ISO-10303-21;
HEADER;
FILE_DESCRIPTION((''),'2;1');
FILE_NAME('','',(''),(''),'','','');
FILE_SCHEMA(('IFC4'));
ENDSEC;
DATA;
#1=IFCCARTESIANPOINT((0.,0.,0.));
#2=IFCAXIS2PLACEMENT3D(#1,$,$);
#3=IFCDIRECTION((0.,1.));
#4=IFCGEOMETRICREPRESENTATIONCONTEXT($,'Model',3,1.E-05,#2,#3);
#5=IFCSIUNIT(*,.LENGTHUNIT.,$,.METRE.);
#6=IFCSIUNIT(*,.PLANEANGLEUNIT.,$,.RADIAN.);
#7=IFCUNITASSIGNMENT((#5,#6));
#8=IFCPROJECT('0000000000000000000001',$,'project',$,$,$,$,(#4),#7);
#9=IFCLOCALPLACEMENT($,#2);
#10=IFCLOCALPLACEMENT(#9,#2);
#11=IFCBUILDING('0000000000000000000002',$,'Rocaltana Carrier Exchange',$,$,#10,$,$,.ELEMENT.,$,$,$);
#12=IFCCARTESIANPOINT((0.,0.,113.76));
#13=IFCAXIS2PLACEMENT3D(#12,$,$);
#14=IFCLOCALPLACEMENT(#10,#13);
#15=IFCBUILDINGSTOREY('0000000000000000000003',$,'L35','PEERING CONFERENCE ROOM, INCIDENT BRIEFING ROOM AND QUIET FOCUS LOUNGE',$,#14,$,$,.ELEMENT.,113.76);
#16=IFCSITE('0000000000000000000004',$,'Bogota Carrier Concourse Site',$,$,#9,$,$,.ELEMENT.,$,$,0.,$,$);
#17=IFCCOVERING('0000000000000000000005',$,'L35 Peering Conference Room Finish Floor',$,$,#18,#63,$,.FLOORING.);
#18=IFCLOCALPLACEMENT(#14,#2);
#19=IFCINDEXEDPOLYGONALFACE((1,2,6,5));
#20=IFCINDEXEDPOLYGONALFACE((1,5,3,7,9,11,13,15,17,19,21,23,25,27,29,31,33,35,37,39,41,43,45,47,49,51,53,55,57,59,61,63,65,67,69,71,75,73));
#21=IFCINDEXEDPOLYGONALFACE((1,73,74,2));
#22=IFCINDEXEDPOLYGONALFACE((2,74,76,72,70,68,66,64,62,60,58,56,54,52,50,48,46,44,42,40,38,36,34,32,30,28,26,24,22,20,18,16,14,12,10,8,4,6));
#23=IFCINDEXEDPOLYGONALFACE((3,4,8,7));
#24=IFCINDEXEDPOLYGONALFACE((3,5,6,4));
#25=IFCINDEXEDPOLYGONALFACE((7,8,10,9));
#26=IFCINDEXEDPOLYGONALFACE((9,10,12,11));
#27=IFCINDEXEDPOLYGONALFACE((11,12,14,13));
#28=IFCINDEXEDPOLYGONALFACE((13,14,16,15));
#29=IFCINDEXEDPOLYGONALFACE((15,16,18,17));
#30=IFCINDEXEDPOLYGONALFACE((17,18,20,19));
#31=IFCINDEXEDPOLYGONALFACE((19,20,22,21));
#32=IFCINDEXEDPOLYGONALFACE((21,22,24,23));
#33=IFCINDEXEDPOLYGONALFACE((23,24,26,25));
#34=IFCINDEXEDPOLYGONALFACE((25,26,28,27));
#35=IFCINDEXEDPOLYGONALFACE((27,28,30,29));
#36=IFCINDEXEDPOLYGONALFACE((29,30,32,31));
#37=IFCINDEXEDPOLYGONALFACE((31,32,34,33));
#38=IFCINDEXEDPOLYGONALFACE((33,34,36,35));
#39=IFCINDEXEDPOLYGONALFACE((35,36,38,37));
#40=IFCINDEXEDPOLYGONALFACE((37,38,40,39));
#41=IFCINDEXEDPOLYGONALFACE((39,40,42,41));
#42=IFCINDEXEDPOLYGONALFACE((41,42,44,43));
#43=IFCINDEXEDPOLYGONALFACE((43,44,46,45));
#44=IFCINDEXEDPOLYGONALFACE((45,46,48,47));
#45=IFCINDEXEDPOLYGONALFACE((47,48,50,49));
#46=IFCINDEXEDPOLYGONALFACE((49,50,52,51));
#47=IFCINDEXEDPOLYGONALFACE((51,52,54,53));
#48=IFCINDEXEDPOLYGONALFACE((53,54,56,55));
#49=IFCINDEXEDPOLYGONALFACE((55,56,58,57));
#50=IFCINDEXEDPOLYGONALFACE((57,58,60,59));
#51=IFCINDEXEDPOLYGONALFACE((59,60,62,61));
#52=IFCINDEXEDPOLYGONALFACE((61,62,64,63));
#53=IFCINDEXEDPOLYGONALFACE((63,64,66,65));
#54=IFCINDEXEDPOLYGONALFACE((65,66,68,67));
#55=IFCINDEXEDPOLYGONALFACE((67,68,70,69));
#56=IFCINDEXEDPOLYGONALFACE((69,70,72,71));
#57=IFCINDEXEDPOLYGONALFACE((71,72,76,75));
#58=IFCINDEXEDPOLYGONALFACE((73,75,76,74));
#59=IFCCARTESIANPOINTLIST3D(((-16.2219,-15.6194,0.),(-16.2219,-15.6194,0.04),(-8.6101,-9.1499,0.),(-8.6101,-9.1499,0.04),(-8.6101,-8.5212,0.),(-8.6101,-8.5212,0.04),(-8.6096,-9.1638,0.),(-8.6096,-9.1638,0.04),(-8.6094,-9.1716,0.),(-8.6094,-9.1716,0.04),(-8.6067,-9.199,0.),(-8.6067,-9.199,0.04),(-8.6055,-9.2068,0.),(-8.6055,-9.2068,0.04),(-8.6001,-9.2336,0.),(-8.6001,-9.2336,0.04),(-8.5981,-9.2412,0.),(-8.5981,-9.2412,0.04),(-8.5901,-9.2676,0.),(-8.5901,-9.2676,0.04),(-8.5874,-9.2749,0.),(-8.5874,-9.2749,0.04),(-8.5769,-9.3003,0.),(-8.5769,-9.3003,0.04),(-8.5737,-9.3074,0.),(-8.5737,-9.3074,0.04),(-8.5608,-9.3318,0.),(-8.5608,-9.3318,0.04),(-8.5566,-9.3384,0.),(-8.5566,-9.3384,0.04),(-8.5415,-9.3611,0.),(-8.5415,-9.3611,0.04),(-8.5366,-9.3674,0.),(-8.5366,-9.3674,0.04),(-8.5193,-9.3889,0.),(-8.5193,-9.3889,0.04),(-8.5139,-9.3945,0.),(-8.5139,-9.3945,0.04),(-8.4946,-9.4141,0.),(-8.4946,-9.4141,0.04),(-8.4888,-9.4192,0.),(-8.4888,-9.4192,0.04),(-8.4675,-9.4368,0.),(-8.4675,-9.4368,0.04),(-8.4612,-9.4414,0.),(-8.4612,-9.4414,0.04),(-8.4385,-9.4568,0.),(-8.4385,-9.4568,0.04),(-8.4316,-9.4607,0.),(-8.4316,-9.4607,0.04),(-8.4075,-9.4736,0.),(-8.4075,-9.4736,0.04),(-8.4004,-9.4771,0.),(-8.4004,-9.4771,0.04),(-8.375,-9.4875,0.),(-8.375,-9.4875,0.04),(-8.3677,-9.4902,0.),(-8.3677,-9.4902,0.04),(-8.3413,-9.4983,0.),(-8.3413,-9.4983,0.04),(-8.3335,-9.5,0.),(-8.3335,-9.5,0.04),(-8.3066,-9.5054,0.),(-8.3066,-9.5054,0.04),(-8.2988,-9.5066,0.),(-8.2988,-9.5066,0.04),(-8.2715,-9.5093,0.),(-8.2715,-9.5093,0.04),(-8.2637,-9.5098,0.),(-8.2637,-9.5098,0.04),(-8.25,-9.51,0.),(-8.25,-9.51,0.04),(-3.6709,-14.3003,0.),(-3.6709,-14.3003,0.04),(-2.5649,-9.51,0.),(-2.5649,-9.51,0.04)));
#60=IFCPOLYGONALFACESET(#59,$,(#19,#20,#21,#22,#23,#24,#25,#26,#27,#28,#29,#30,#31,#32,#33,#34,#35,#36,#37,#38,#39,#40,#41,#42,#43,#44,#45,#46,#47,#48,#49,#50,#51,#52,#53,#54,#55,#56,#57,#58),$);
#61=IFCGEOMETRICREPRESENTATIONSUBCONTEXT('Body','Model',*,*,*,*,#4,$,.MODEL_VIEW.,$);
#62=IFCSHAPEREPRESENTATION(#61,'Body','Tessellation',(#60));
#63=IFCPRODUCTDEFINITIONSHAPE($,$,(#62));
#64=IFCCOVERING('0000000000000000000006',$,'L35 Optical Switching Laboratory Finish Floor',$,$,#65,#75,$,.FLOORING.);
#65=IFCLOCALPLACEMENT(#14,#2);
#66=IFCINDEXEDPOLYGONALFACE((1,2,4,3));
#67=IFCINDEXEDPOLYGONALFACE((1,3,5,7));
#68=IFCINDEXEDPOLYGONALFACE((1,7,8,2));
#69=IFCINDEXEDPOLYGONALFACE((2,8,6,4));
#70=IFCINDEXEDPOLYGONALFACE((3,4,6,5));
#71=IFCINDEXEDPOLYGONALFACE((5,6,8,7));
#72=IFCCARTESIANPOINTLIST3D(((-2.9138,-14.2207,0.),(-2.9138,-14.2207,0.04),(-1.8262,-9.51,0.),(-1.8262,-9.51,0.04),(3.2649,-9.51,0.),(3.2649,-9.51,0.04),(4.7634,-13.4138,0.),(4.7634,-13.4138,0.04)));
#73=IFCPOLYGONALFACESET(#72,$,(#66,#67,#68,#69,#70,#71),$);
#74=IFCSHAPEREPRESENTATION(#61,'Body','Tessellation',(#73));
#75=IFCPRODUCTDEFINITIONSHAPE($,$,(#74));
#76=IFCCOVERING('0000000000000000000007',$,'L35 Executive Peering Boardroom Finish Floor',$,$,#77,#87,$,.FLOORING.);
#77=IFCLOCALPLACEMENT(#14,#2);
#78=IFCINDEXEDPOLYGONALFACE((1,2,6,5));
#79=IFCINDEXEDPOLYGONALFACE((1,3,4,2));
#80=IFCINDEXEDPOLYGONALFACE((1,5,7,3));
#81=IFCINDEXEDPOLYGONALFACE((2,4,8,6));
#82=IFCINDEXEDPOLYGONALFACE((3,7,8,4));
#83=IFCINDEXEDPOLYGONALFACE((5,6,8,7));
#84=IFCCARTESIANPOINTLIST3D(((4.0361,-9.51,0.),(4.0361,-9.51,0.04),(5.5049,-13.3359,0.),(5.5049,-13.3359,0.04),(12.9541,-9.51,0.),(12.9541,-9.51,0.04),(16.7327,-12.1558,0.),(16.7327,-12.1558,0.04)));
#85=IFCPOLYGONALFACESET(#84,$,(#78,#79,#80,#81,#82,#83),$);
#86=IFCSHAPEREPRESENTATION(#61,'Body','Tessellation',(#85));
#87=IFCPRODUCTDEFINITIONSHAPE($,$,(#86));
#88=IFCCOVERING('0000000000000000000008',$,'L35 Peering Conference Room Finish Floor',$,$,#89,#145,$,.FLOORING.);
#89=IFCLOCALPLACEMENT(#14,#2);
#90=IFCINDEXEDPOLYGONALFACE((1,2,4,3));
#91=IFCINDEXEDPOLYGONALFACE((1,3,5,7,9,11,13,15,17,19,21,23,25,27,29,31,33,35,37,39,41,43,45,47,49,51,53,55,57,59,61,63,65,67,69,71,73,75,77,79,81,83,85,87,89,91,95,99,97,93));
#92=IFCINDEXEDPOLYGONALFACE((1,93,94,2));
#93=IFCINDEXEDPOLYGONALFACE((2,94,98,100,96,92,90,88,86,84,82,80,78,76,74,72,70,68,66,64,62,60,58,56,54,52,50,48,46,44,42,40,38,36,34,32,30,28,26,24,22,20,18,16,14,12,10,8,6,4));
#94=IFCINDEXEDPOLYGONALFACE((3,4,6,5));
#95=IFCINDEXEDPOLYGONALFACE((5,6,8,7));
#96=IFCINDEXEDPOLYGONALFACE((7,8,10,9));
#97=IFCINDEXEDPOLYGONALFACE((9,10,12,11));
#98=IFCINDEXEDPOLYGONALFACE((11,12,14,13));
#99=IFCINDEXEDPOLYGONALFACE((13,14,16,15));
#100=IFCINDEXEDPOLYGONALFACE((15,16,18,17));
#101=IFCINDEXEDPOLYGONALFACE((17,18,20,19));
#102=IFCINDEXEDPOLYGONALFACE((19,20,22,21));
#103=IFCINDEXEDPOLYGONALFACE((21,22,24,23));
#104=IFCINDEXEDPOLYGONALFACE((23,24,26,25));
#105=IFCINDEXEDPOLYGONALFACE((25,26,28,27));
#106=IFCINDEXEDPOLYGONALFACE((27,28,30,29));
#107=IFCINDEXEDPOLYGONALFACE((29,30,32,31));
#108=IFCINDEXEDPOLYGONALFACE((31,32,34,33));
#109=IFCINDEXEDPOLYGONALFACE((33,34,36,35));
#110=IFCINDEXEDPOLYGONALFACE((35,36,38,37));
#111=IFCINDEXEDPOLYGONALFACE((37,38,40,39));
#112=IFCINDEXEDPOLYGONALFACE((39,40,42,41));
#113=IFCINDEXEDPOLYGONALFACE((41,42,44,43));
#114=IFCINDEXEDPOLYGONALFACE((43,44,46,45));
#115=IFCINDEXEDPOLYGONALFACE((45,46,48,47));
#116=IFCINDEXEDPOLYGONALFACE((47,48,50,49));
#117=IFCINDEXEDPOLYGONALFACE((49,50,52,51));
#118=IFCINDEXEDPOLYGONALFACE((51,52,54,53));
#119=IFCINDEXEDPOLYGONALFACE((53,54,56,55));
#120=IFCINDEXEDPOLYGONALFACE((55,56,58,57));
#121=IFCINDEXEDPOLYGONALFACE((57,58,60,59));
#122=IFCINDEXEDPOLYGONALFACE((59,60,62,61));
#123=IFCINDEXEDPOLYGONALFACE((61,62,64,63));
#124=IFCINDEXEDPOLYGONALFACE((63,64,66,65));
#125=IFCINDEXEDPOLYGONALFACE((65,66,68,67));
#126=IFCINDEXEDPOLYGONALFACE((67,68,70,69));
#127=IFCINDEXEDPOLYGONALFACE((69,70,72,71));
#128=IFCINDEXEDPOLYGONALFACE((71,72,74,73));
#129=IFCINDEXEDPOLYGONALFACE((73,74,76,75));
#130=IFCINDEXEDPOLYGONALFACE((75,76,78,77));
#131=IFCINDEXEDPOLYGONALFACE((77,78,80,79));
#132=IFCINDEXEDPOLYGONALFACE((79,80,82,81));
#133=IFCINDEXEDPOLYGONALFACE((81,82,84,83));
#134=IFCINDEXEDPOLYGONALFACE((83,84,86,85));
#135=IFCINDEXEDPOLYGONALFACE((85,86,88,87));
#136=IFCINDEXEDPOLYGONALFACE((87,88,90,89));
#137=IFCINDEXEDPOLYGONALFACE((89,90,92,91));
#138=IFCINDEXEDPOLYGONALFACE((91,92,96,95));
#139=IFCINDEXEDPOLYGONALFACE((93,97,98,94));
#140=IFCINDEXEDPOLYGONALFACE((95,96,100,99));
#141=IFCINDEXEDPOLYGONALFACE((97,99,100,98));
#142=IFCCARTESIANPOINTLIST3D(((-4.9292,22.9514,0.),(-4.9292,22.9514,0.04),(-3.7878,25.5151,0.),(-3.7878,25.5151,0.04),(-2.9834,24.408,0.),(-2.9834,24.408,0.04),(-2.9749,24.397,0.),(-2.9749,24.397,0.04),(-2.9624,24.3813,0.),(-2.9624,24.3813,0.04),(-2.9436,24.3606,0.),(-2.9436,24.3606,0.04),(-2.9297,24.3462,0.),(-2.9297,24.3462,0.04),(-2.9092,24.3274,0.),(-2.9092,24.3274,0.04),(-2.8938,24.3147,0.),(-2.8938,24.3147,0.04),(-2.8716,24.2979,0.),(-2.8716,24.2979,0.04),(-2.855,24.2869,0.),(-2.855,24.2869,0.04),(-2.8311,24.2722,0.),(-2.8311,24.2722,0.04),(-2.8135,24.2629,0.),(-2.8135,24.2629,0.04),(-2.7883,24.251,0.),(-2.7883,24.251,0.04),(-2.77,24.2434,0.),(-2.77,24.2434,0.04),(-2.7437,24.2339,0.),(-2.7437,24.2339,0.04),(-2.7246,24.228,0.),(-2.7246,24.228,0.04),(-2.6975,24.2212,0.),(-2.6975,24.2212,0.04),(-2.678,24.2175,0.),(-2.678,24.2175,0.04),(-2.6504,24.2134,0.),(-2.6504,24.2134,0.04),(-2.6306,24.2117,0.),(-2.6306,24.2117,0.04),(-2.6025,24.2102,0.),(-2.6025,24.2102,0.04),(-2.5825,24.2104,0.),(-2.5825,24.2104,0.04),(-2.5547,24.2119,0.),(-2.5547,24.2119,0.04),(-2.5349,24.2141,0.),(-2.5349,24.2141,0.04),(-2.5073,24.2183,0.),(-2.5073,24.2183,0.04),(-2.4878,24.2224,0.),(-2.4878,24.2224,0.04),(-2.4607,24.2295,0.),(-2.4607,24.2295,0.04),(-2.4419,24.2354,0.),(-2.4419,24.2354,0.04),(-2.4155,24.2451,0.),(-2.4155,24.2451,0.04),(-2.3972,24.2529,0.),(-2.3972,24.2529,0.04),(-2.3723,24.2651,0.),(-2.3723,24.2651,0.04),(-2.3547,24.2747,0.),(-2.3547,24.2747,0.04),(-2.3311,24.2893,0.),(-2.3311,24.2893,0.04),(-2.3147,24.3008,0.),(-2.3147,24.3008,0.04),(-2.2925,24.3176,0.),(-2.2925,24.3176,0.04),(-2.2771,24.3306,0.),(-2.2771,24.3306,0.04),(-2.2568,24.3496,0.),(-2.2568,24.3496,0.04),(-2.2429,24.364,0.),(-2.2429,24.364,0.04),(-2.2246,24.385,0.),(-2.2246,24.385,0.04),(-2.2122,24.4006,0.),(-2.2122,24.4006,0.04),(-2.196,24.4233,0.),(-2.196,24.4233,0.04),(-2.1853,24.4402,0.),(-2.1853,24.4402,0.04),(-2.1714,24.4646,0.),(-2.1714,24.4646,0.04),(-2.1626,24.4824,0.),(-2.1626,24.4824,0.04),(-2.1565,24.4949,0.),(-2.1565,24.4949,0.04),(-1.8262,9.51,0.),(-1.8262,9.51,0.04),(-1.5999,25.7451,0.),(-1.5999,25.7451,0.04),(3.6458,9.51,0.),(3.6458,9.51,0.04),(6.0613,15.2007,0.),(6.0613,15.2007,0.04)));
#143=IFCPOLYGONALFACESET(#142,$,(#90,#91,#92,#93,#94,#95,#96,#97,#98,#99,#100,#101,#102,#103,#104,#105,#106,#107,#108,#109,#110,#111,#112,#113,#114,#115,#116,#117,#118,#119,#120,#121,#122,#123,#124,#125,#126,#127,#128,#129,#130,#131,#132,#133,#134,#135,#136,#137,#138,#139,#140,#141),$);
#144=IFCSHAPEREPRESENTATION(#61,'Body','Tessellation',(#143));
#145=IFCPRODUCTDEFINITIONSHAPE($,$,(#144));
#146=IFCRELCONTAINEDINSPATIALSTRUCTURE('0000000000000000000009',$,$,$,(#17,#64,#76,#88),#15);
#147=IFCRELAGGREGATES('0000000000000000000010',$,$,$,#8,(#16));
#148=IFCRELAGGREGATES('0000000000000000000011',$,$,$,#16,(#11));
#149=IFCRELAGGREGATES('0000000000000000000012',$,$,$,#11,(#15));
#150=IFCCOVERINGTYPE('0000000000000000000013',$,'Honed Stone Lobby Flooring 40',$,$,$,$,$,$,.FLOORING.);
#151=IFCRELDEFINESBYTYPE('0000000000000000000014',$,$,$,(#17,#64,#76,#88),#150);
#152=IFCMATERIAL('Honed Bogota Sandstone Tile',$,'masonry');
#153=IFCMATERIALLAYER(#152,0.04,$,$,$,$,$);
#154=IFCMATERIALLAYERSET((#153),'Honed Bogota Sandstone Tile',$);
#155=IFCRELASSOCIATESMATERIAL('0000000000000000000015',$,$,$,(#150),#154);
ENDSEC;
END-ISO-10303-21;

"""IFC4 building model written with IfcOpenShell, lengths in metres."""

from ifc_helpers import new_model, si_unit, direction, frame, origin, place, context, subcontext, project, spatial, polyline, outline, extrude, material, layer, layer_set, type_object, element, save


model = new_model("IFC4")

# Units and contexts
model_context = context("Model", 3, precision=1e-05, world=origin(), true_north=direction((0.0, 1.0)))
body_context = subcontext(model_context, "Body", "Model", "MODEL_VIEW")
ifc_project = project(units=[si_unit("LENGTHUNIT", "METRE"), si_unit("PLANEANGLEUNIT", "RADIAN")], contexts=[model_context])

# Site, building, storey
site_placement = place(None, origin())
site = spatial("IfcSite", under=ifc_project, at=site_placement, Name="Bogota Carrier Concourse Site", CompositionType="ELEMENT", RefElevation=0.0)
building_placement = place(site_placement, origin())
building = spatial("IfcBuilding", under=site, at=building_placement, Name="Rocaltana Carrier Exchange", CompositionType="ELEMENT")
storey_placement = place(building_placement, frame((0.0, 0.0, 113.76)))
storey = spatial("IfcBuildingStorey", under=building, at=storey_placement, Name="L35", Description="PEERING CONFERENCE ROOM, INCIDENT BRIEFING ROOM AND QUIET FOCUS LOUNGE", CompositionType="ELEMENT", Elevation=113.76)

# Coverings
ifc_material_1 = material(Name="Honed Bogota Sandstone Tile", Category="masonry")
ifc_layer_1 = layer(ifc_material_1, 0.04)
ifc_layer_set_1 = layer_set([ifc_layer_1], Name="Honed Bogota Sandstone Tile")
covering_type_1 = type_object("IfcCoveringType", Name="Honed Stone Lobby Flooring 40", PredefinedType="FLOORING", material=ifc_layer_set_1)
covering_1_placement = place(storey_placement, origin())
element("IfcCovering", 1, at=covering_1_placement, inside=storey, type_object=covering_type_1, Name="L35 Peering Conference Room Finish Floor", PredefinedType="FLOORING", context=body_context, shape_type="SweptSolid", body=[
    extrude(outline(polyline([(-16.2219, -15.6194), (-8.6101, -8.5212), (-8.6101, -9.1499), (-8.6096, -9.1638), (-8.6094, -9.1716), (-8.6067, -9.199), (-8.6055, -9.2068), (-8.6001, -9.2336), (-8.5981, -9.2412), (-8.5901, -9.2676), (-8.5874, -9.2749), (-8.5769, -9.3003), (-8.5737, -9.3074), (-8.5608, -9.3318), (-8.5566, -9.3384), (-8.5415, -9.3611), (-8.5366, -9.3674), (-8.5193, -9.3889), (-8.5139, -9.3945), (-8.4946, -9.4141), (-8.4888, -9.4192), (-8.4675, -9.4368), (-8.4612, -9.4414), (-8.4385, -9.4568), (-8.4316, -9.4607), (-8.4075, -9.4736), (-8.4004, -9.4771), (-8.375, -9.4875), (-8.3677, -9.4902), (-8.3413, -9.4983), (-8.3335, -9.5), (-8.3066, -9.5054), (-8.2988, -9.5066), (-8.2715, -9.5093), (-8.2637, -9.5098), (-8.25, -9.51), (-2.5649, -9.51), (-3.6709, -14.3003), (-16.2219, -15.6194)])), origin(), (0.0, 0.0, 1.0), 0.04),
])
covering_2_placement = place(storey_placement, origin())
element("IfcCovering", 2, at=covering_2_placement, inside=storey, type_object=covering_type_1, Name="L35 Optical Switching Laboratory Finish Floor", PredefinedType="FLOORING", context=body_context, shape_type="SweptSolid", body=[
    extrude(outline(polyline([(-2.9138, -14.2207), (-1.8262, -9.51), (3.2649, -9.51), (4.7634, -13.4138), (-2.9138, -14.2207)])), origin(), (0.0, 0.0, 1.0), 0.04),
])
covering_3_placement = place(storey_placement, origin())
element("IfcCovering", 3, at=covering_3_placement, inside=storey, type_object=covering_type_1, Name="L35 Executive Peering Boardroom Finish Floor", PredefinedType="FLOORING", context=body_context, shape_type="SweptSolid", body=[
    extrude(outline(polyline([(5.5049, -13.3359), (4.0361, -9.51), (12.9541, -9.51), (16.7327, -12.1558), (5.5049, -13.3359)])), origin(), (0.0, 0.0, 1.0), 0.04),
])
covering_4_placement = place(storey_placement, origin())
element("IfcCovering", 4, at=covering_4_placement, inside=storey, type_object=covering_type_1, Name="L35 Peering Conference Room Finish Floor", PredefinedType="FLOORING", context=body_context, shape_type="SweptSolid", body=[
    extrude(outline(polyline([(-3.7878, 25.5151), (-2.9834, 24.408), (-2.9749, 24.397), (-2.9624, 24.3813), (-2.9436, 24.3606), (-2.9297, 24.3462), (-2.9092, 24.3274), (-2.8938, 24.3147), (-2.8716, 24.2979), (-2.855, 24.2869), (-2.8311, 24.2722), (-2.8135, 24.2629), (-2.7883, 24.251), (-2.77, 24.2434), (-2.7437, 24.2339), (-2.7246, 24.228), (-2.6975, 24.2212), (-2.678, 24.2175), (-2.6504, 24.2134), (-2.6306, 24.2117), (-2.6025, 24.2102), (-2.5825, 24.2104), (-2.5547, 24.2119), (-2.5349, 24.2141), (-2.5073, 24.2183), (-2.4878, 24.2224), (-2.4607, 24.2295), (-2.4419, 24.2354), (-2.4155, 24.2451), (-2.3972, 24.2529), (-2.3723, 24.2651), (-2.3547, 24.2747), (-2.3311, 24.2893), (-2.3147, 24.3008), (-2.2925, 24.3176), (-2.2771, 24.3306), (-2.2568, 24.3496), (-2.2429, 24.364), (-2.2246, 24.385), (-2.2122, 24.4006), (-2.196, 24.4233), (-2.1853, 24.4402), (-2.1714, 24.4646), (-2.1626, 24.4824), (-2.1565, 24.4949), (-1.5999, 25.7451), (6.0613, 15.2007), (3.6458, 9.51), (-1.8262, 9.51), (-4.9292, 22.9514), (-3.7878, 25.5151)])), origin(), (0.0, 0.0, 1.0), 0.04),
])

save(model, "model.ifc")
